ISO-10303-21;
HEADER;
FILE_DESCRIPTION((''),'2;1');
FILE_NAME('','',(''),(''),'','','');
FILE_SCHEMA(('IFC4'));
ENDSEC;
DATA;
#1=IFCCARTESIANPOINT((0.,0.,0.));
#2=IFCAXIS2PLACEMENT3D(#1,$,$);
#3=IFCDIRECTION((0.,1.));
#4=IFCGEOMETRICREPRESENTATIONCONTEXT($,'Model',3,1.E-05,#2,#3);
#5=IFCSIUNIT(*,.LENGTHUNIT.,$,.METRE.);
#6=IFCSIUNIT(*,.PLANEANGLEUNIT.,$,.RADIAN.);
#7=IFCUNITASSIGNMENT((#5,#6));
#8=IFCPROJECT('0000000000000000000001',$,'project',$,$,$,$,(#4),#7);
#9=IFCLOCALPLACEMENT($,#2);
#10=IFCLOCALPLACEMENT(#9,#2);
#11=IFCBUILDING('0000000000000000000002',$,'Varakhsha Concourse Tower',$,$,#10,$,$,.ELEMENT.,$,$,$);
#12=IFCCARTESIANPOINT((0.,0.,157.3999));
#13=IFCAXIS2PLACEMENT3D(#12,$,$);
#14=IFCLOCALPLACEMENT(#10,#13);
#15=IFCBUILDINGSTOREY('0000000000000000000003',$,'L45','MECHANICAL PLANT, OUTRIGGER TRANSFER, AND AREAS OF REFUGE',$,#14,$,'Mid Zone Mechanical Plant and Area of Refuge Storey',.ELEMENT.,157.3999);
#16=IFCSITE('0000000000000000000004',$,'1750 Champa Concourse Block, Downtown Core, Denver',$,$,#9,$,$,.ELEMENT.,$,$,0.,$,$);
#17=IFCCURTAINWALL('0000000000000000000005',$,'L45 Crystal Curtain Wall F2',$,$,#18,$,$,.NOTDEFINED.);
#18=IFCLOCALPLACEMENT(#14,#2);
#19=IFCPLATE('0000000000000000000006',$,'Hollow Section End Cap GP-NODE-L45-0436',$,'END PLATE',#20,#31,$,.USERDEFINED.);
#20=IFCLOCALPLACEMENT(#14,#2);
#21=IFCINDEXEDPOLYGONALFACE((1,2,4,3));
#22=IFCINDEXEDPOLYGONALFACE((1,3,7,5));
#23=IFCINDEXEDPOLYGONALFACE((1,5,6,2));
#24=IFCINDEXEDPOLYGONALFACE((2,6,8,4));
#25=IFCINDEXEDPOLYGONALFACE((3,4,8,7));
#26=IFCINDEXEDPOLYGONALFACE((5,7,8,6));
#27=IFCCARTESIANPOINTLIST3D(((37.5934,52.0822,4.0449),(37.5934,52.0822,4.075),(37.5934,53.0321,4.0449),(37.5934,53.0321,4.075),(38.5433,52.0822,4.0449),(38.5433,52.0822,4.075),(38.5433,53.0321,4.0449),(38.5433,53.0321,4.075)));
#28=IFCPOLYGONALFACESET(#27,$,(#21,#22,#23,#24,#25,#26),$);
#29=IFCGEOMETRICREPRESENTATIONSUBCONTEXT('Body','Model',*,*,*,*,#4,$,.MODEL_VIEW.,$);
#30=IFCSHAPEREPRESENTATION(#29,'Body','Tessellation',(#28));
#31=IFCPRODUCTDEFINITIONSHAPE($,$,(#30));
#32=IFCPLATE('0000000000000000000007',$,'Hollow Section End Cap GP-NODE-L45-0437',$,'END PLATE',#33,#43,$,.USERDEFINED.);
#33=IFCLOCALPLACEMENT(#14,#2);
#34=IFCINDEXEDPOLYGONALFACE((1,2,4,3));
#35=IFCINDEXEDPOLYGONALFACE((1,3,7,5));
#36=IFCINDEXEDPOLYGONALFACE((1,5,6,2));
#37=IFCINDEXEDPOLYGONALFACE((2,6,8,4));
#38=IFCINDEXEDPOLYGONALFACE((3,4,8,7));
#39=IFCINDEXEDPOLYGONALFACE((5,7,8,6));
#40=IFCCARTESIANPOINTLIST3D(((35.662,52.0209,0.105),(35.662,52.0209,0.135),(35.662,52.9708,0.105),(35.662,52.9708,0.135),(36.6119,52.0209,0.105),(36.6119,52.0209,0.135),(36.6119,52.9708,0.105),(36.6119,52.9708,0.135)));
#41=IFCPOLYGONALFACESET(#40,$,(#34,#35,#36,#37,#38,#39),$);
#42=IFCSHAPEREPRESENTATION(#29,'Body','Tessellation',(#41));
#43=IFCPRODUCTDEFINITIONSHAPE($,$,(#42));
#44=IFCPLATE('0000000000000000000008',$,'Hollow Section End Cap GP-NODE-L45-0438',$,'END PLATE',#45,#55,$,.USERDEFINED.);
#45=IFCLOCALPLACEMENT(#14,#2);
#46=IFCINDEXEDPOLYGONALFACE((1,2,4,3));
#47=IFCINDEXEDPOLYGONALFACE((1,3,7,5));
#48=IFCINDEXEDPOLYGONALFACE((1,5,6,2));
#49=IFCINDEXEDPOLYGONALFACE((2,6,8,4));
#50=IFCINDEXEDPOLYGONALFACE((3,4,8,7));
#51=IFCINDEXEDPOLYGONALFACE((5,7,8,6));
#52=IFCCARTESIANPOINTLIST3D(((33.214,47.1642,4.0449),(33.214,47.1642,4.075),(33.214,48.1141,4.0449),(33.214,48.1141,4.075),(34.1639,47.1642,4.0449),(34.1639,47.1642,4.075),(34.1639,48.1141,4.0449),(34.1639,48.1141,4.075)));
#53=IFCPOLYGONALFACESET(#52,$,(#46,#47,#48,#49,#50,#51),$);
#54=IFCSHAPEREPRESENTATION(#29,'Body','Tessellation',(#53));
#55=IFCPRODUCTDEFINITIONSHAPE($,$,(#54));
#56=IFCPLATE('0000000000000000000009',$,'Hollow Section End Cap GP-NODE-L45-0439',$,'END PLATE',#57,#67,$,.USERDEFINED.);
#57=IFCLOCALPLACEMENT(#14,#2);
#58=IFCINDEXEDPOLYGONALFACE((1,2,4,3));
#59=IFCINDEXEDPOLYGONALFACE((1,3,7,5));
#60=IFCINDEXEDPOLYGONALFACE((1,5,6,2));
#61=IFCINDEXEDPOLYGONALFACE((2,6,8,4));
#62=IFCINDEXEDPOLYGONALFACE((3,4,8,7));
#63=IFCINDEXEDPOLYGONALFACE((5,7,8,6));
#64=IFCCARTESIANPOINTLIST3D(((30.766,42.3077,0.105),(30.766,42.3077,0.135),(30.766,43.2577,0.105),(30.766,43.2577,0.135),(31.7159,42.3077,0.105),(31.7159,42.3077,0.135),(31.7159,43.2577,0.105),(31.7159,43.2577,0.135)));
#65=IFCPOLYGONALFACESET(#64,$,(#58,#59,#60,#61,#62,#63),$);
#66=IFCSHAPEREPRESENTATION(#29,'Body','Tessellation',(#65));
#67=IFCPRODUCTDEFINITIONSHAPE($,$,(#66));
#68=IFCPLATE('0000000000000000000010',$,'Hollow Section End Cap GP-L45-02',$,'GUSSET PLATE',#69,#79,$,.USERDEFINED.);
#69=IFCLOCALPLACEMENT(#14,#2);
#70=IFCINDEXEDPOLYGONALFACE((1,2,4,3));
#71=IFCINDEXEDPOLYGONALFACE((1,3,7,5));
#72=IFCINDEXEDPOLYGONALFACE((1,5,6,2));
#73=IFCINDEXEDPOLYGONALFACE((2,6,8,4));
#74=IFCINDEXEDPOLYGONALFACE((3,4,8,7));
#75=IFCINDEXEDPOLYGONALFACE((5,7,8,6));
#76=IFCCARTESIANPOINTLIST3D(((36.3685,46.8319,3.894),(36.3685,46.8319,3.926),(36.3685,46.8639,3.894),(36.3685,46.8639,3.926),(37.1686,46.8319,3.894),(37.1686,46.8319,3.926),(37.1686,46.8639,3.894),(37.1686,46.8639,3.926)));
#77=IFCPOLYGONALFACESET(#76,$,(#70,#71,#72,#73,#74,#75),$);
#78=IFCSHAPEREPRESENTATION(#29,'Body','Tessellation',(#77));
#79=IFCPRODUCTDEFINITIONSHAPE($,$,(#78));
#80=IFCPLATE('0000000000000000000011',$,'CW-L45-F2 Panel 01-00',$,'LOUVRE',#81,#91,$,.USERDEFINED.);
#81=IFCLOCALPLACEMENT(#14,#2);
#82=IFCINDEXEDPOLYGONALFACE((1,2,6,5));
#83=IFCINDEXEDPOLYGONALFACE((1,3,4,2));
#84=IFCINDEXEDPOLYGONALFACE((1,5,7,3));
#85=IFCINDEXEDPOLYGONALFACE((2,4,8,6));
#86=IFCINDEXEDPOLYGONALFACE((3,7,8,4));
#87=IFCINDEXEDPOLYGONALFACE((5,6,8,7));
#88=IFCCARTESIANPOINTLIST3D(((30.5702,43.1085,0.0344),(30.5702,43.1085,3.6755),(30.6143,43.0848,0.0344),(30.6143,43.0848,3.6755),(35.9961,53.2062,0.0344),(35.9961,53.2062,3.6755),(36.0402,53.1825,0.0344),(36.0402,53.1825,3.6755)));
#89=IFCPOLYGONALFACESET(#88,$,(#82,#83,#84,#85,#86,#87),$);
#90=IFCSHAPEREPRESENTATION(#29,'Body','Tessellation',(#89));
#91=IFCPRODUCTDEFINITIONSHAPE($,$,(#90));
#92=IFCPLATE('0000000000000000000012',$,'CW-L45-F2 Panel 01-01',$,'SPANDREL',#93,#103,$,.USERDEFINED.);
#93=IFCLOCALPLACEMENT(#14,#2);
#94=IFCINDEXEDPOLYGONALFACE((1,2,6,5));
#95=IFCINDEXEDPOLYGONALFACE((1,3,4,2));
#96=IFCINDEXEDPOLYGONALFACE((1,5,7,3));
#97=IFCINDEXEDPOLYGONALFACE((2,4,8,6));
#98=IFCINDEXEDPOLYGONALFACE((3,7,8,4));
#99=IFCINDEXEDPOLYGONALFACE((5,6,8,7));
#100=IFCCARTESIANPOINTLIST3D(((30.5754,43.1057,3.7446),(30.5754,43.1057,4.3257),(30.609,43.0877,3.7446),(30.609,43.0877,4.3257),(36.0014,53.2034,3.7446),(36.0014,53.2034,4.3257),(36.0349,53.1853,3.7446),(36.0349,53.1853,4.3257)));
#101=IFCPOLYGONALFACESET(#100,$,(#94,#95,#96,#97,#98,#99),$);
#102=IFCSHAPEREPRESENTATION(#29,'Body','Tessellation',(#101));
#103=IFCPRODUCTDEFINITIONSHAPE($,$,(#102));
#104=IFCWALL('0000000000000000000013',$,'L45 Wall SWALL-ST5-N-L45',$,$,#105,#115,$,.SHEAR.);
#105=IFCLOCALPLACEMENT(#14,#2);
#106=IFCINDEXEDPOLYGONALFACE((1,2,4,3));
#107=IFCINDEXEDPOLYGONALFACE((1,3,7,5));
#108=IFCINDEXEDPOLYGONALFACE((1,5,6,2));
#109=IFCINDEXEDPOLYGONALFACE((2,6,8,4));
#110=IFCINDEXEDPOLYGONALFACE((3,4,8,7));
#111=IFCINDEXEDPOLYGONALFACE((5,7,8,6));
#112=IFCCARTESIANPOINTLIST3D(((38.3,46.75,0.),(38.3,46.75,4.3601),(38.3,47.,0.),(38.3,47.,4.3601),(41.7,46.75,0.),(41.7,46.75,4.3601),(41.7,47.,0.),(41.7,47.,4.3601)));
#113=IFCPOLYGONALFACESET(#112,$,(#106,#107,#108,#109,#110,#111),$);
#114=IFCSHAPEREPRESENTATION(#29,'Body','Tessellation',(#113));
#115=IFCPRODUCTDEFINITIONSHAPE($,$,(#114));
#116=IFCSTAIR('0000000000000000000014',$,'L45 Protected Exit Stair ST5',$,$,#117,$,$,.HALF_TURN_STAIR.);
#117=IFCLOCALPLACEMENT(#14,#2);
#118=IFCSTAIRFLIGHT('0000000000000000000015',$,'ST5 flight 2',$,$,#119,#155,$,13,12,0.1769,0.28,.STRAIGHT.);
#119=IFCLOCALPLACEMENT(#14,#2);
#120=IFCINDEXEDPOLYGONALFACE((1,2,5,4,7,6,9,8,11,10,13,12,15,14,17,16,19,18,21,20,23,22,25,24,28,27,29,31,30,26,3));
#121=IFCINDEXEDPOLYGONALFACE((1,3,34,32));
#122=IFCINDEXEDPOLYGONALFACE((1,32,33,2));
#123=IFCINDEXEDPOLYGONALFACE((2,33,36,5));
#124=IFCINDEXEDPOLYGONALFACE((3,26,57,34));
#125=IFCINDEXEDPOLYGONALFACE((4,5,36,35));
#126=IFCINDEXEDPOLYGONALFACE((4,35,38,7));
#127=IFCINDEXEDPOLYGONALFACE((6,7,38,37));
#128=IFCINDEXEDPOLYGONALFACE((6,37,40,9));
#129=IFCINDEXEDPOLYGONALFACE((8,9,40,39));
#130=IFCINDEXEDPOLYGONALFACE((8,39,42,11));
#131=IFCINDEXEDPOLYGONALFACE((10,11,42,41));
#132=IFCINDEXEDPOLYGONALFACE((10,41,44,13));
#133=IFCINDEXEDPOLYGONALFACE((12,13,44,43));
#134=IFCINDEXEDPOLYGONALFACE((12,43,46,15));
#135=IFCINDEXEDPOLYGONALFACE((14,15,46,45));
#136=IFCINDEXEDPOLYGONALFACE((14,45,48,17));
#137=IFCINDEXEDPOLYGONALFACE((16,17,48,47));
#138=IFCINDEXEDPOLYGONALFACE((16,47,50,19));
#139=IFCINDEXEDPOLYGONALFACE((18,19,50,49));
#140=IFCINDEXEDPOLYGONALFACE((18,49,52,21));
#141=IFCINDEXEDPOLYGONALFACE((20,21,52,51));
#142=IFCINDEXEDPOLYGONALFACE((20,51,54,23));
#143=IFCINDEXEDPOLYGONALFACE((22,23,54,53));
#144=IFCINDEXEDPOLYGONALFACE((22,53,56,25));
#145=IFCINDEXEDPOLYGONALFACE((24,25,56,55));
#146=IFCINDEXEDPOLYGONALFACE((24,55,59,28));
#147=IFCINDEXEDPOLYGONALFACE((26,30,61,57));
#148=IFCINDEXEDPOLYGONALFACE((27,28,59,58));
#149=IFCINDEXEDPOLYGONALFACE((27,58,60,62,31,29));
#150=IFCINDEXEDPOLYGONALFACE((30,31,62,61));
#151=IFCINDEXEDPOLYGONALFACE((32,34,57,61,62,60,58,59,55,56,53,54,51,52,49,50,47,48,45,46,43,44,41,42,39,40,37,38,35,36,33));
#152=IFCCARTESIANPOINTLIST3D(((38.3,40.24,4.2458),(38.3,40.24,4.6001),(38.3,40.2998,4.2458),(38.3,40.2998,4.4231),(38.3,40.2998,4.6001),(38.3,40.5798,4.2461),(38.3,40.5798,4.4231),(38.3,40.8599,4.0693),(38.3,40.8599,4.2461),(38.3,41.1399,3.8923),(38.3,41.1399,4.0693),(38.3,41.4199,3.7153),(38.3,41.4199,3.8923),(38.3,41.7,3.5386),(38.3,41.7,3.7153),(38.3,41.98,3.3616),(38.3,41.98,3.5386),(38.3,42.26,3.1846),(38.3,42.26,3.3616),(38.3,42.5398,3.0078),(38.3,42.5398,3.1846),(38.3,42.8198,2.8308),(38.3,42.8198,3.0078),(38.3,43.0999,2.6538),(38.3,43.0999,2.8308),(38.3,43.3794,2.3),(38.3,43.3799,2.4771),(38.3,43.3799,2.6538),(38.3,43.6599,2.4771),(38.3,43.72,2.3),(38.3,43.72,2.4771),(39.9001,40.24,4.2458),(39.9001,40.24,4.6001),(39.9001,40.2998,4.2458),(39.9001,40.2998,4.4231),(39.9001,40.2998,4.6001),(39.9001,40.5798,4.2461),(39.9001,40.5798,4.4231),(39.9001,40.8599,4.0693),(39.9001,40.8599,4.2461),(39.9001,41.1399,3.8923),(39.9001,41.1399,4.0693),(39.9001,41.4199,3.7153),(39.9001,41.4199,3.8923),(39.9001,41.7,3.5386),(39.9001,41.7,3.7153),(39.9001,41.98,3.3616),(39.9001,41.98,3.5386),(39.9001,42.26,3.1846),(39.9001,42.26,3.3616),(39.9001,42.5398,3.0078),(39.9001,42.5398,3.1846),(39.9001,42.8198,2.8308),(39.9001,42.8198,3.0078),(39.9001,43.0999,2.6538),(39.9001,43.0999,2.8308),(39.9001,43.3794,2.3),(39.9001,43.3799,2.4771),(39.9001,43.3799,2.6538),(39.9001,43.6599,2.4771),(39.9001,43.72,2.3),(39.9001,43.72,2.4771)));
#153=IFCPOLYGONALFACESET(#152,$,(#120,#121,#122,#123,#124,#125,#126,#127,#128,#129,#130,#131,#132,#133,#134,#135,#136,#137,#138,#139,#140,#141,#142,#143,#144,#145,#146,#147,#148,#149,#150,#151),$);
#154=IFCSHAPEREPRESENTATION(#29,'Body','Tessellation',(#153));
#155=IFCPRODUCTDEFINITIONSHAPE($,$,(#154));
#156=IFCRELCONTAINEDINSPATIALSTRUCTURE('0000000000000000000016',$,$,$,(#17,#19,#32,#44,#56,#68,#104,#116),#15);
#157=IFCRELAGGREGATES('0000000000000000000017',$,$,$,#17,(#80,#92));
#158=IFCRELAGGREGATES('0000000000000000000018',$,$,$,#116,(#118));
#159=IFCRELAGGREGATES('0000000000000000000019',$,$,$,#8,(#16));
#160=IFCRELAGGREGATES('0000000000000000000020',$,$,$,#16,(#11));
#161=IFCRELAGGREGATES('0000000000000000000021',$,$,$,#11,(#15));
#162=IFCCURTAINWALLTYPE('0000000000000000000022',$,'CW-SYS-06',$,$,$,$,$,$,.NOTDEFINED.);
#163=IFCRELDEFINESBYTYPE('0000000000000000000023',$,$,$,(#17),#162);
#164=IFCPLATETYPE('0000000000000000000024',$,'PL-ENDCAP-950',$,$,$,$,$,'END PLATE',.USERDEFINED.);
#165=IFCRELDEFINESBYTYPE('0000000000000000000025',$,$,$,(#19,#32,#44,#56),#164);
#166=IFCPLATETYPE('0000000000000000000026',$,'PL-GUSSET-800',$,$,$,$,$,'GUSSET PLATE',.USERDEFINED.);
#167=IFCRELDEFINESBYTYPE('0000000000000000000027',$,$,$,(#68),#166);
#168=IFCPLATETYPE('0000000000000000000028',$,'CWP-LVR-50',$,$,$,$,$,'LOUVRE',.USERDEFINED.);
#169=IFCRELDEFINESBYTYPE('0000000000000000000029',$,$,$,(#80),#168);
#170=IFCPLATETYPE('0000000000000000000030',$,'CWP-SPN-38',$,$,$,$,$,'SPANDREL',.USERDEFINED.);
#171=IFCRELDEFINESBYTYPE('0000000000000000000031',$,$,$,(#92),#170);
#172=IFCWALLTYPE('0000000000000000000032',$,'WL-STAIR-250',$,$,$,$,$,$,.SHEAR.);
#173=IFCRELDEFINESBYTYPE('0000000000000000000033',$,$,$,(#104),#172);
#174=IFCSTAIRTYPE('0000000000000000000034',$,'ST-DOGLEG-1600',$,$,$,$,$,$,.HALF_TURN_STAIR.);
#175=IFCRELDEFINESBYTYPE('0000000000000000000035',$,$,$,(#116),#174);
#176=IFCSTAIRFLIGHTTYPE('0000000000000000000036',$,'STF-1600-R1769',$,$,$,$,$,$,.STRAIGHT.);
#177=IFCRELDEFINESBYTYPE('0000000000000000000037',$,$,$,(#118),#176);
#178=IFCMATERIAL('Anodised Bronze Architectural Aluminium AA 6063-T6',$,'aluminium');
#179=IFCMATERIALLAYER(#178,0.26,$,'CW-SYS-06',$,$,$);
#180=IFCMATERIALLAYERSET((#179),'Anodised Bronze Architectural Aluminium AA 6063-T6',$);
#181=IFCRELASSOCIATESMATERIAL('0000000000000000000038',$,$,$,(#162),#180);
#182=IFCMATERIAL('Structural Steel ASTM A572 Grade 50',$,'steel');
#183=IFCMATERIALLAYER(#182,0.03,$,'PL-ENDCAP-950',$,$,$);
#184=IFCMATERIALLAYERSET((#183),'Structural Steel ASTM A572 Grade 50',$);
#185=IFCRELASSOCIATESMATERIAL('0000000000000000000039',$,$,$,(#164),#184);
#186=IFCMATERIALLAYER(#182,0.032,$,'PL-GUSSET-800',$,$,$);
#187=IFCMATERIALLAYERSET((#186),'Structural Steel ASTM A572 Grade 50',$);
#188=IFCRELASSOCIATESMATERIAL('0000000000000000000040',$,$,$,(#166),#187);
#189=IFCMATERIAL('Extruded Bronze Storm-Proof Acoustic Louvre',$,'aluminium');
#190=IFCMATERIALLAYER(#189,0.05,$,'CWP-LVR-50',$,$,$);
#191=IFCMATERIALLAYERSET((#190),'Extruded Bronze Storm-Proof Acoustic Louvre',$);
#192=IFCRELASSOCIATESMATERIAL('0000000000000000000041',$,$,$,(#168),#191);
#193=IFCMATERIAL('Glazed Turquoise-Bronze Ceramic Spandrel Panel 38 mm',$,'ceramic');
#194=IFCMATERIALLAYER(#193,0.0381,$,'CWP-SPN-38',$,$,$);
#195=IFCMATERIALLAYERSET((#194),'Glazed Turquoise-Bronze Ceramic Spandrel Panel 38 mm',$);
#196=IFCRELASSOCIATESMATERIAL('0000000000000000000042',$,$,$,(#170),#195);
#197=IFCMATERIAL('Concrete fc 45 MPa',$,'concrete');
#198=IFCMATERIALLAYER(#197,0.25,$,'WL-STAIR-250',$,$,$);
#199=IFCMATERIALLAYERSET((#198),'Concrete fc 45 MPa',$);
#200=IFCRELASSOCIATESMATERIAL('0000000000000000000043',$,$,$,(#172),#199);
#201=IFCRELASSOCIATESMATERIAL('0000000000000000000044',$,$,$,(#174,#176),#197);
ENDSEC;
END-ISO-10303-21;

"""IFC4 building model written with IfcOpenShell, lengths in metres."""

from ifc_helpers import new_model, si_unit, direction, frame, frame_2d, origin, origin_2d, place, context, subcontext, project, spatial, polyline, rectangle, outline, extrude, source, transform, mapped, material, layer, layer_set, type_object, type_shapes, element, aggregate, save


model = new_model("IFC4")

# Units and contexts
model_context = context("Model", 3, precision=1e-05, world=origin(), true_north=direction((0.0, 1.0)))
body_context = subcontext(model_context, "Body", "Model", "MODEL_VIEW")
ifc_project = project(units=[si_unit("LENGTHUNIT", "METRE"), si_unit("PLANEANGLEUNIT", "RADIAN")], contexts=[model_context])

# Site, building, storey
site_placement = place(None, origin())
site = spatial("IfcSite", under=ifc_project, at=site_placement, Name="1750 Champa Concourse Block, Downtown Core, Denver", CompositionType="ELEMENT", RefElevation=0.0)
building_placement = place(site_placement, origin())
building = spatial("IfcBuilding", under=site, at=building_placement, Name="Varakhsha Concourse Tower", CompositionType="ELEMENT")
storey_placement = place(building_placement, frame((0.0, 0.0, 157.3999)))
storey = spatial("IfcBuildingStorey", under=building, at=storey_placement, Name="L45", Description="MECHANICAL PLANT, OUTRIGGER TRANSFER, AND AREAS OF REFUGE", LongName="Mid Zone Mechanical Plant and Area of Refuge Storey", CompositionType="ELEMENT", Elevation=157.3999)

# Shared definitions
ifc_material_1 = material(Name="Structural Steel ASTM A572 Grade 50", Category="steel")

# Shared definitions
ifc_material_2 = material(Name="Anodised Bronze Architectural Aluminium AA 6063-T6", Category="aluminium")
ifc_layer_1 = layer(ifc_material_2, 0.26, Name="CW-SYS-06")
ifc_layer_set_1 = layer_set([ifc_layer_1], Name="Anodised Bronze Architectural Aluminium AA 6063-T6")
curtain_wall_type = type_object("IfcCurtainWallType", Name="CW-SYS-06", PredefinedType="NOTDEFINED", material=ifc_layer_set_1)

# Curtain wall
curtain_wall_1_placement = place(storey_placement, origin())
curtain_wall_1 = element("IfcCurtainWall", 1, at=curtain_wall_1_placement, inside=storey, type_object=curtain_wall_type, Name="L45 Crystal Curtain Wall F2", PredefinedType="NOTDEFINED")

# Plates
ifc_layer_2 = layer(ifc_material_1, 0.03, Name="PL-ENDCAP-950")
ifc_layer_set_2 = layer_set([ifc_layer_2], Name="Structural Steel ASTM A572 Grade 50")
plate_type_1 = type_object("IfcPlateType", Name="PL-ENDCAP-950", ElementType="END PLATE", PredefinedType="USERDEFINED", material=ifc_layer_set_2)
shared_shape_1 = source(origin(), body_context, "Body", "SweptSolid", [
    extrude(rectangle(XDim=0.95, YDim=0.95, at=origin_2d()), origin(), (0.0, 0.0, 1.0), 0.03),
])
type_shapes(plate_type_1, [shared_shape_1])
for number, where, z_axis, x_axis, name in (
    (2, (38.0684, 52.5571, 4.0449), (0.0, 0.0, 1.0), (1.0, 0.0, 0.0), "Hollow Section End Cap GP-NODE-L45-0436"),
    (3, (36.137, 52.4958, 0.105), (0.0, 0.0, 1.0), (1.0, 0.0, 0.0), "Hollow Section End Cap GP-NODE-L45-0437"),
    (4, (33.689, 47.6392, 4.0449), (0.0, 0.0, 1.0), (1.0, 0.0, 0.0), "Hollow Section End Cap GP-NODE-L45-0438"),
    (5, (31.241, 42.7827, 0.105), (0.0, 0.0, 1.0), (1.0, 0.0, 0.0), "Hollow Section End Cap GP-NODE-L45-0439"),
):
    element("IfcPlate", number, at=place(storey_placement, frame(where, z_axis=z_axis, x_axis=x_axis)), inside=storey, type_object=plate_type_1, Name=name, ObjectType="END PLATE", PredefinedType="USERDEFINED", context=body_context, shape_type="MappedRepresentation", body=[
        mapped(shared_shape_1, transform((0.0, 0.0, 0.0), scale=1.0)),
    ])
ifc_layer_3 = layer(ifc_material_1, 0.032, Name="PL-GUSSET-800")
ifc_layer_set_3 = layer_set([ifc_layer_3], Name="Structural Steel ASTM A572 Grade 50")
plate_type_2 = type_object("IfcPlateType", Name="PL-GUSSET-800", ElementType="GUSSET PLATE", PredefinedType="USERDEFINED", material=ifc_layer_set_3)
shared_shape_2 = source(origin(), body_context, "Body", "SweptSolid", [
    extrude(rectangle(XDim=0.8, YDim=0.032, at=origin_2d()), origin(), (0.0, 0.0, 1.0), 0.032),
])
type_shapes(plate_type_2, [shared_shape_2])
plate_1_placement = place(storey_placement, frame((36.7686, 46.8479, 3.894), z_axis=(0.0, 0.0, 1.0), x_axis=(1.0, 0.0, 0.0)))
element("IfcPlate", 6, at=plate_1_placement, inside=storey, type_object=plate_type_2, Name="Hollow Section End Cap GP-L45-02", ObjectType="GUSSET PLATE", PredefinedType="USERDEFINED", context=body_context, shape_type="MappedRepresentation", body=[
    mapped(shared_shape_2, transform((0.0, 0.0, 0.0), scale=1.0)),
])

# Plates
ifc_material_3 = material(Name="Extruded Bronze Storm-Proof Acoustic Louvre", Category="aluminium")
ifc_layer_4 = layer(ifc_material_3, 0.05, Name="CWP-LVR-50")
ifc_layer_set_4 = layer_set([ifc_layer_4], Name="Extruded Bronze Storm-Proof Acoustic Louvre")
plate_type_3 = type_object("IfcPlateType", Name="CWP-LVR-50", ElementType="LOUVRE", PredefinedType="USERDEFINED", material=ifc_layer_set_4)
shared_shape_3 = source(origin(), body_context, "Body", "SweptSolid", [
    extrude(rectangle(XDim=11.4631, YDim=0.05, at=origin_2d()), origin(), (0.0, 0.0, 1.0), 3.6411),
])
type_shapes(plate_type_3, [shared_shape_3])
plate_2_placement = place(storey_placement, frame((33.3052, 48.1455, 0.0344), z_axis=(0.0, 0.0, 1.0), x_axis=(0.473335, 0.880882, 0.0)))
plate_2 = element("IfcPlate", 7, at=plate_2_placement, type_object=plate_type_3, Name="CW-L45-F2 Panel 01-00", ObjectType="LOUVRE", PredefinedType="USERDEFINED", context=body_context, shape_type="MappedRepresentation", body=[
    mapped(shared_shape_3, transform((0.0, 0.0, 0.0), scale=1.0)),
])
ifc_material_4 = material(Name="Glazed Turquoise-Bronze Ceramic Spandrel Panel 38 mm", Category="ceramic")
ifc_layer_5 = layer(ifc_material_4, 0.0381, Name="CWP-SPN-38")
ifc_layer_set_5 = layer_set([ifc_layer_5], Name="Glazed Turquoise-Bronze Ceramic Spandrel Panel 38 mm")
plate_type_4 = type_object("IfcPlateType", Name="CWP-SPN-38", ElementType="SPANDREL", PredefinedType="USERDEFINED", material=ifc_layer_set_5)
shared_shape_4 = source(origin(), body_context, "Body", "SweptSolid", [
    extrude(rectangle(XDim=11.4631, YDim=0.0381, at=origin_2d()), origin(), (0.0, 0.0, 1.0), 0.5811),
])
type_shapes(plate_type_4, [shared_shape_4])
plate_3_placement = place(storey_placement, frame((33.3052, 48.1455, 3.7446), z_axis=(0.0, 0.0, 1.0), x_axis=(0.473335, 0.880882, 0.0)))
plate_3 = element("IfcPlate", 8, at=plate_3_placement, type_object=plate_type_4, Name="CW-L45-F2 Panel 01-01", ObjectType="SPANDREL", PredefinedType="USERDEFINED", context=body_context, shape_type="MappedRepresentation", body=[
    mapped(shared_shape_4, transform((0.0, 0.0, 0.0), scale=1.0)),
])
aggregate(curtain_wall_1, [plate_2, plate_3])

# Wall
ifc_material_5 = material(Name="Concrete fc 45 MPa", Category="concrete")
ifc_layer_6 = layer(ifc_material_5, 0.25, Name="WL-STAIR-250")
ifc_layer_set_6 = layer_set([ifc_layer_6], Name="Concrete fc 45 MPa")
wall_type = type_object("IfcWallType", Name="WL-STAIR-250", PredefinedType="SHEAR", material=ifc_layer_set_6)
wall_placement = place(storey_placement, frame((38.3, 46.875, 0.0), z_axis=(0.0, 0.0, 1.0), x_axis=(1.0, 0.0, 0.0)))
element("IfcWall", 9, at=wall_placement, inside=storey, type_object=wall_type, Name="L45 Wall SWALL-ST5-N-L45", PredefinedType="SHEAR", context=body_context, shape_type="SweptSolid", body=[
    extrude(rectangle(XDim=3.3999, YDim=0.25, at=frame_2d((1.7, 0.0))), origin(), (0.0, 0.0, 1.0), 4.3601),
])

# Stair, stair flight
stair_type = type_object("IfcStairType", Name="ST-DOGLEG-1600", PredefinedType="HALF_TURN_STAIR", material=ifc_material_5)
stair_placement = place(storey_placement, origin())
stair = element("IfcStair", 10, at=stair_placement, inside=storey, type_object=stair_type, Name="L45 Protected Exit Stair ST5", PredefinedType="HALF_TURN_STAIR")
stair_flight_type = type_object("IfcStairFlightType", Name="STF-1600-R1769", PredefinedType="STRAIGHT", material=ifc_material_5)
stair_flight_placement = place(storey_placement, frame((39.1001, 43.6599, 2.3), z_axis=(0.0, 0.0, 1.0), x_axis=(0.0, -1.0, 0.0)))
stair_flight = element("IfcStairFlight", 11, at=stair_flight_placement, type_object=stair_flight_type, Name="ST5 flight 2", NumberOfRisers=13, NumberOfTreads=12, PredefinedType="STRAIGHT", RiserHeight=0.1769, TreadLength=0.28, context=body_context, shape_type="SweptSolid", body=[
    extrude(outline(polyline([(-0.0601, 0.0), (-0.0601, 0.177), (0.0, 0.177), (0.28, 0.177), (0.28, 0.3538), (0.5601, 0.3538), (0.5601, 0.5308), (0.8401, 0.5308), (0.8401, 0.7078), (1.1201, 0.7078), (1.1201, 0.8845), (1.3999, 0.8845), (1.3999, 1.0615), (1.6799, 1.0615), (1.6799, 1.2385), (1.96, 1.2385), (1.96, 1.4153), (2.24, 1.4153), (2.24, 1.5923), (2.52, 1.5923), (2.52, 1.7693), (2.8, 1.7693), (2.8, 1.946), (3.0801, 1.946), (3.0801, 2.123), (3.3601, 2.123), (3.3601, 2.3), (3.4199, 2.3), (3.4199, 1.9458), (3.3601, 1.9458), (0.2805, 0.0), (-0.0601, 0.0)])), frame((0.0, 0.8, 0.0), z_axis=(0.0, -1.0, 0.0), x_axis=(1.0, 0.0, 0.0)), (0.0, 0.0, 1.0), 1.6001),
])
aggregate(stair, [stair_flight])

save(model, "model.ifc")
